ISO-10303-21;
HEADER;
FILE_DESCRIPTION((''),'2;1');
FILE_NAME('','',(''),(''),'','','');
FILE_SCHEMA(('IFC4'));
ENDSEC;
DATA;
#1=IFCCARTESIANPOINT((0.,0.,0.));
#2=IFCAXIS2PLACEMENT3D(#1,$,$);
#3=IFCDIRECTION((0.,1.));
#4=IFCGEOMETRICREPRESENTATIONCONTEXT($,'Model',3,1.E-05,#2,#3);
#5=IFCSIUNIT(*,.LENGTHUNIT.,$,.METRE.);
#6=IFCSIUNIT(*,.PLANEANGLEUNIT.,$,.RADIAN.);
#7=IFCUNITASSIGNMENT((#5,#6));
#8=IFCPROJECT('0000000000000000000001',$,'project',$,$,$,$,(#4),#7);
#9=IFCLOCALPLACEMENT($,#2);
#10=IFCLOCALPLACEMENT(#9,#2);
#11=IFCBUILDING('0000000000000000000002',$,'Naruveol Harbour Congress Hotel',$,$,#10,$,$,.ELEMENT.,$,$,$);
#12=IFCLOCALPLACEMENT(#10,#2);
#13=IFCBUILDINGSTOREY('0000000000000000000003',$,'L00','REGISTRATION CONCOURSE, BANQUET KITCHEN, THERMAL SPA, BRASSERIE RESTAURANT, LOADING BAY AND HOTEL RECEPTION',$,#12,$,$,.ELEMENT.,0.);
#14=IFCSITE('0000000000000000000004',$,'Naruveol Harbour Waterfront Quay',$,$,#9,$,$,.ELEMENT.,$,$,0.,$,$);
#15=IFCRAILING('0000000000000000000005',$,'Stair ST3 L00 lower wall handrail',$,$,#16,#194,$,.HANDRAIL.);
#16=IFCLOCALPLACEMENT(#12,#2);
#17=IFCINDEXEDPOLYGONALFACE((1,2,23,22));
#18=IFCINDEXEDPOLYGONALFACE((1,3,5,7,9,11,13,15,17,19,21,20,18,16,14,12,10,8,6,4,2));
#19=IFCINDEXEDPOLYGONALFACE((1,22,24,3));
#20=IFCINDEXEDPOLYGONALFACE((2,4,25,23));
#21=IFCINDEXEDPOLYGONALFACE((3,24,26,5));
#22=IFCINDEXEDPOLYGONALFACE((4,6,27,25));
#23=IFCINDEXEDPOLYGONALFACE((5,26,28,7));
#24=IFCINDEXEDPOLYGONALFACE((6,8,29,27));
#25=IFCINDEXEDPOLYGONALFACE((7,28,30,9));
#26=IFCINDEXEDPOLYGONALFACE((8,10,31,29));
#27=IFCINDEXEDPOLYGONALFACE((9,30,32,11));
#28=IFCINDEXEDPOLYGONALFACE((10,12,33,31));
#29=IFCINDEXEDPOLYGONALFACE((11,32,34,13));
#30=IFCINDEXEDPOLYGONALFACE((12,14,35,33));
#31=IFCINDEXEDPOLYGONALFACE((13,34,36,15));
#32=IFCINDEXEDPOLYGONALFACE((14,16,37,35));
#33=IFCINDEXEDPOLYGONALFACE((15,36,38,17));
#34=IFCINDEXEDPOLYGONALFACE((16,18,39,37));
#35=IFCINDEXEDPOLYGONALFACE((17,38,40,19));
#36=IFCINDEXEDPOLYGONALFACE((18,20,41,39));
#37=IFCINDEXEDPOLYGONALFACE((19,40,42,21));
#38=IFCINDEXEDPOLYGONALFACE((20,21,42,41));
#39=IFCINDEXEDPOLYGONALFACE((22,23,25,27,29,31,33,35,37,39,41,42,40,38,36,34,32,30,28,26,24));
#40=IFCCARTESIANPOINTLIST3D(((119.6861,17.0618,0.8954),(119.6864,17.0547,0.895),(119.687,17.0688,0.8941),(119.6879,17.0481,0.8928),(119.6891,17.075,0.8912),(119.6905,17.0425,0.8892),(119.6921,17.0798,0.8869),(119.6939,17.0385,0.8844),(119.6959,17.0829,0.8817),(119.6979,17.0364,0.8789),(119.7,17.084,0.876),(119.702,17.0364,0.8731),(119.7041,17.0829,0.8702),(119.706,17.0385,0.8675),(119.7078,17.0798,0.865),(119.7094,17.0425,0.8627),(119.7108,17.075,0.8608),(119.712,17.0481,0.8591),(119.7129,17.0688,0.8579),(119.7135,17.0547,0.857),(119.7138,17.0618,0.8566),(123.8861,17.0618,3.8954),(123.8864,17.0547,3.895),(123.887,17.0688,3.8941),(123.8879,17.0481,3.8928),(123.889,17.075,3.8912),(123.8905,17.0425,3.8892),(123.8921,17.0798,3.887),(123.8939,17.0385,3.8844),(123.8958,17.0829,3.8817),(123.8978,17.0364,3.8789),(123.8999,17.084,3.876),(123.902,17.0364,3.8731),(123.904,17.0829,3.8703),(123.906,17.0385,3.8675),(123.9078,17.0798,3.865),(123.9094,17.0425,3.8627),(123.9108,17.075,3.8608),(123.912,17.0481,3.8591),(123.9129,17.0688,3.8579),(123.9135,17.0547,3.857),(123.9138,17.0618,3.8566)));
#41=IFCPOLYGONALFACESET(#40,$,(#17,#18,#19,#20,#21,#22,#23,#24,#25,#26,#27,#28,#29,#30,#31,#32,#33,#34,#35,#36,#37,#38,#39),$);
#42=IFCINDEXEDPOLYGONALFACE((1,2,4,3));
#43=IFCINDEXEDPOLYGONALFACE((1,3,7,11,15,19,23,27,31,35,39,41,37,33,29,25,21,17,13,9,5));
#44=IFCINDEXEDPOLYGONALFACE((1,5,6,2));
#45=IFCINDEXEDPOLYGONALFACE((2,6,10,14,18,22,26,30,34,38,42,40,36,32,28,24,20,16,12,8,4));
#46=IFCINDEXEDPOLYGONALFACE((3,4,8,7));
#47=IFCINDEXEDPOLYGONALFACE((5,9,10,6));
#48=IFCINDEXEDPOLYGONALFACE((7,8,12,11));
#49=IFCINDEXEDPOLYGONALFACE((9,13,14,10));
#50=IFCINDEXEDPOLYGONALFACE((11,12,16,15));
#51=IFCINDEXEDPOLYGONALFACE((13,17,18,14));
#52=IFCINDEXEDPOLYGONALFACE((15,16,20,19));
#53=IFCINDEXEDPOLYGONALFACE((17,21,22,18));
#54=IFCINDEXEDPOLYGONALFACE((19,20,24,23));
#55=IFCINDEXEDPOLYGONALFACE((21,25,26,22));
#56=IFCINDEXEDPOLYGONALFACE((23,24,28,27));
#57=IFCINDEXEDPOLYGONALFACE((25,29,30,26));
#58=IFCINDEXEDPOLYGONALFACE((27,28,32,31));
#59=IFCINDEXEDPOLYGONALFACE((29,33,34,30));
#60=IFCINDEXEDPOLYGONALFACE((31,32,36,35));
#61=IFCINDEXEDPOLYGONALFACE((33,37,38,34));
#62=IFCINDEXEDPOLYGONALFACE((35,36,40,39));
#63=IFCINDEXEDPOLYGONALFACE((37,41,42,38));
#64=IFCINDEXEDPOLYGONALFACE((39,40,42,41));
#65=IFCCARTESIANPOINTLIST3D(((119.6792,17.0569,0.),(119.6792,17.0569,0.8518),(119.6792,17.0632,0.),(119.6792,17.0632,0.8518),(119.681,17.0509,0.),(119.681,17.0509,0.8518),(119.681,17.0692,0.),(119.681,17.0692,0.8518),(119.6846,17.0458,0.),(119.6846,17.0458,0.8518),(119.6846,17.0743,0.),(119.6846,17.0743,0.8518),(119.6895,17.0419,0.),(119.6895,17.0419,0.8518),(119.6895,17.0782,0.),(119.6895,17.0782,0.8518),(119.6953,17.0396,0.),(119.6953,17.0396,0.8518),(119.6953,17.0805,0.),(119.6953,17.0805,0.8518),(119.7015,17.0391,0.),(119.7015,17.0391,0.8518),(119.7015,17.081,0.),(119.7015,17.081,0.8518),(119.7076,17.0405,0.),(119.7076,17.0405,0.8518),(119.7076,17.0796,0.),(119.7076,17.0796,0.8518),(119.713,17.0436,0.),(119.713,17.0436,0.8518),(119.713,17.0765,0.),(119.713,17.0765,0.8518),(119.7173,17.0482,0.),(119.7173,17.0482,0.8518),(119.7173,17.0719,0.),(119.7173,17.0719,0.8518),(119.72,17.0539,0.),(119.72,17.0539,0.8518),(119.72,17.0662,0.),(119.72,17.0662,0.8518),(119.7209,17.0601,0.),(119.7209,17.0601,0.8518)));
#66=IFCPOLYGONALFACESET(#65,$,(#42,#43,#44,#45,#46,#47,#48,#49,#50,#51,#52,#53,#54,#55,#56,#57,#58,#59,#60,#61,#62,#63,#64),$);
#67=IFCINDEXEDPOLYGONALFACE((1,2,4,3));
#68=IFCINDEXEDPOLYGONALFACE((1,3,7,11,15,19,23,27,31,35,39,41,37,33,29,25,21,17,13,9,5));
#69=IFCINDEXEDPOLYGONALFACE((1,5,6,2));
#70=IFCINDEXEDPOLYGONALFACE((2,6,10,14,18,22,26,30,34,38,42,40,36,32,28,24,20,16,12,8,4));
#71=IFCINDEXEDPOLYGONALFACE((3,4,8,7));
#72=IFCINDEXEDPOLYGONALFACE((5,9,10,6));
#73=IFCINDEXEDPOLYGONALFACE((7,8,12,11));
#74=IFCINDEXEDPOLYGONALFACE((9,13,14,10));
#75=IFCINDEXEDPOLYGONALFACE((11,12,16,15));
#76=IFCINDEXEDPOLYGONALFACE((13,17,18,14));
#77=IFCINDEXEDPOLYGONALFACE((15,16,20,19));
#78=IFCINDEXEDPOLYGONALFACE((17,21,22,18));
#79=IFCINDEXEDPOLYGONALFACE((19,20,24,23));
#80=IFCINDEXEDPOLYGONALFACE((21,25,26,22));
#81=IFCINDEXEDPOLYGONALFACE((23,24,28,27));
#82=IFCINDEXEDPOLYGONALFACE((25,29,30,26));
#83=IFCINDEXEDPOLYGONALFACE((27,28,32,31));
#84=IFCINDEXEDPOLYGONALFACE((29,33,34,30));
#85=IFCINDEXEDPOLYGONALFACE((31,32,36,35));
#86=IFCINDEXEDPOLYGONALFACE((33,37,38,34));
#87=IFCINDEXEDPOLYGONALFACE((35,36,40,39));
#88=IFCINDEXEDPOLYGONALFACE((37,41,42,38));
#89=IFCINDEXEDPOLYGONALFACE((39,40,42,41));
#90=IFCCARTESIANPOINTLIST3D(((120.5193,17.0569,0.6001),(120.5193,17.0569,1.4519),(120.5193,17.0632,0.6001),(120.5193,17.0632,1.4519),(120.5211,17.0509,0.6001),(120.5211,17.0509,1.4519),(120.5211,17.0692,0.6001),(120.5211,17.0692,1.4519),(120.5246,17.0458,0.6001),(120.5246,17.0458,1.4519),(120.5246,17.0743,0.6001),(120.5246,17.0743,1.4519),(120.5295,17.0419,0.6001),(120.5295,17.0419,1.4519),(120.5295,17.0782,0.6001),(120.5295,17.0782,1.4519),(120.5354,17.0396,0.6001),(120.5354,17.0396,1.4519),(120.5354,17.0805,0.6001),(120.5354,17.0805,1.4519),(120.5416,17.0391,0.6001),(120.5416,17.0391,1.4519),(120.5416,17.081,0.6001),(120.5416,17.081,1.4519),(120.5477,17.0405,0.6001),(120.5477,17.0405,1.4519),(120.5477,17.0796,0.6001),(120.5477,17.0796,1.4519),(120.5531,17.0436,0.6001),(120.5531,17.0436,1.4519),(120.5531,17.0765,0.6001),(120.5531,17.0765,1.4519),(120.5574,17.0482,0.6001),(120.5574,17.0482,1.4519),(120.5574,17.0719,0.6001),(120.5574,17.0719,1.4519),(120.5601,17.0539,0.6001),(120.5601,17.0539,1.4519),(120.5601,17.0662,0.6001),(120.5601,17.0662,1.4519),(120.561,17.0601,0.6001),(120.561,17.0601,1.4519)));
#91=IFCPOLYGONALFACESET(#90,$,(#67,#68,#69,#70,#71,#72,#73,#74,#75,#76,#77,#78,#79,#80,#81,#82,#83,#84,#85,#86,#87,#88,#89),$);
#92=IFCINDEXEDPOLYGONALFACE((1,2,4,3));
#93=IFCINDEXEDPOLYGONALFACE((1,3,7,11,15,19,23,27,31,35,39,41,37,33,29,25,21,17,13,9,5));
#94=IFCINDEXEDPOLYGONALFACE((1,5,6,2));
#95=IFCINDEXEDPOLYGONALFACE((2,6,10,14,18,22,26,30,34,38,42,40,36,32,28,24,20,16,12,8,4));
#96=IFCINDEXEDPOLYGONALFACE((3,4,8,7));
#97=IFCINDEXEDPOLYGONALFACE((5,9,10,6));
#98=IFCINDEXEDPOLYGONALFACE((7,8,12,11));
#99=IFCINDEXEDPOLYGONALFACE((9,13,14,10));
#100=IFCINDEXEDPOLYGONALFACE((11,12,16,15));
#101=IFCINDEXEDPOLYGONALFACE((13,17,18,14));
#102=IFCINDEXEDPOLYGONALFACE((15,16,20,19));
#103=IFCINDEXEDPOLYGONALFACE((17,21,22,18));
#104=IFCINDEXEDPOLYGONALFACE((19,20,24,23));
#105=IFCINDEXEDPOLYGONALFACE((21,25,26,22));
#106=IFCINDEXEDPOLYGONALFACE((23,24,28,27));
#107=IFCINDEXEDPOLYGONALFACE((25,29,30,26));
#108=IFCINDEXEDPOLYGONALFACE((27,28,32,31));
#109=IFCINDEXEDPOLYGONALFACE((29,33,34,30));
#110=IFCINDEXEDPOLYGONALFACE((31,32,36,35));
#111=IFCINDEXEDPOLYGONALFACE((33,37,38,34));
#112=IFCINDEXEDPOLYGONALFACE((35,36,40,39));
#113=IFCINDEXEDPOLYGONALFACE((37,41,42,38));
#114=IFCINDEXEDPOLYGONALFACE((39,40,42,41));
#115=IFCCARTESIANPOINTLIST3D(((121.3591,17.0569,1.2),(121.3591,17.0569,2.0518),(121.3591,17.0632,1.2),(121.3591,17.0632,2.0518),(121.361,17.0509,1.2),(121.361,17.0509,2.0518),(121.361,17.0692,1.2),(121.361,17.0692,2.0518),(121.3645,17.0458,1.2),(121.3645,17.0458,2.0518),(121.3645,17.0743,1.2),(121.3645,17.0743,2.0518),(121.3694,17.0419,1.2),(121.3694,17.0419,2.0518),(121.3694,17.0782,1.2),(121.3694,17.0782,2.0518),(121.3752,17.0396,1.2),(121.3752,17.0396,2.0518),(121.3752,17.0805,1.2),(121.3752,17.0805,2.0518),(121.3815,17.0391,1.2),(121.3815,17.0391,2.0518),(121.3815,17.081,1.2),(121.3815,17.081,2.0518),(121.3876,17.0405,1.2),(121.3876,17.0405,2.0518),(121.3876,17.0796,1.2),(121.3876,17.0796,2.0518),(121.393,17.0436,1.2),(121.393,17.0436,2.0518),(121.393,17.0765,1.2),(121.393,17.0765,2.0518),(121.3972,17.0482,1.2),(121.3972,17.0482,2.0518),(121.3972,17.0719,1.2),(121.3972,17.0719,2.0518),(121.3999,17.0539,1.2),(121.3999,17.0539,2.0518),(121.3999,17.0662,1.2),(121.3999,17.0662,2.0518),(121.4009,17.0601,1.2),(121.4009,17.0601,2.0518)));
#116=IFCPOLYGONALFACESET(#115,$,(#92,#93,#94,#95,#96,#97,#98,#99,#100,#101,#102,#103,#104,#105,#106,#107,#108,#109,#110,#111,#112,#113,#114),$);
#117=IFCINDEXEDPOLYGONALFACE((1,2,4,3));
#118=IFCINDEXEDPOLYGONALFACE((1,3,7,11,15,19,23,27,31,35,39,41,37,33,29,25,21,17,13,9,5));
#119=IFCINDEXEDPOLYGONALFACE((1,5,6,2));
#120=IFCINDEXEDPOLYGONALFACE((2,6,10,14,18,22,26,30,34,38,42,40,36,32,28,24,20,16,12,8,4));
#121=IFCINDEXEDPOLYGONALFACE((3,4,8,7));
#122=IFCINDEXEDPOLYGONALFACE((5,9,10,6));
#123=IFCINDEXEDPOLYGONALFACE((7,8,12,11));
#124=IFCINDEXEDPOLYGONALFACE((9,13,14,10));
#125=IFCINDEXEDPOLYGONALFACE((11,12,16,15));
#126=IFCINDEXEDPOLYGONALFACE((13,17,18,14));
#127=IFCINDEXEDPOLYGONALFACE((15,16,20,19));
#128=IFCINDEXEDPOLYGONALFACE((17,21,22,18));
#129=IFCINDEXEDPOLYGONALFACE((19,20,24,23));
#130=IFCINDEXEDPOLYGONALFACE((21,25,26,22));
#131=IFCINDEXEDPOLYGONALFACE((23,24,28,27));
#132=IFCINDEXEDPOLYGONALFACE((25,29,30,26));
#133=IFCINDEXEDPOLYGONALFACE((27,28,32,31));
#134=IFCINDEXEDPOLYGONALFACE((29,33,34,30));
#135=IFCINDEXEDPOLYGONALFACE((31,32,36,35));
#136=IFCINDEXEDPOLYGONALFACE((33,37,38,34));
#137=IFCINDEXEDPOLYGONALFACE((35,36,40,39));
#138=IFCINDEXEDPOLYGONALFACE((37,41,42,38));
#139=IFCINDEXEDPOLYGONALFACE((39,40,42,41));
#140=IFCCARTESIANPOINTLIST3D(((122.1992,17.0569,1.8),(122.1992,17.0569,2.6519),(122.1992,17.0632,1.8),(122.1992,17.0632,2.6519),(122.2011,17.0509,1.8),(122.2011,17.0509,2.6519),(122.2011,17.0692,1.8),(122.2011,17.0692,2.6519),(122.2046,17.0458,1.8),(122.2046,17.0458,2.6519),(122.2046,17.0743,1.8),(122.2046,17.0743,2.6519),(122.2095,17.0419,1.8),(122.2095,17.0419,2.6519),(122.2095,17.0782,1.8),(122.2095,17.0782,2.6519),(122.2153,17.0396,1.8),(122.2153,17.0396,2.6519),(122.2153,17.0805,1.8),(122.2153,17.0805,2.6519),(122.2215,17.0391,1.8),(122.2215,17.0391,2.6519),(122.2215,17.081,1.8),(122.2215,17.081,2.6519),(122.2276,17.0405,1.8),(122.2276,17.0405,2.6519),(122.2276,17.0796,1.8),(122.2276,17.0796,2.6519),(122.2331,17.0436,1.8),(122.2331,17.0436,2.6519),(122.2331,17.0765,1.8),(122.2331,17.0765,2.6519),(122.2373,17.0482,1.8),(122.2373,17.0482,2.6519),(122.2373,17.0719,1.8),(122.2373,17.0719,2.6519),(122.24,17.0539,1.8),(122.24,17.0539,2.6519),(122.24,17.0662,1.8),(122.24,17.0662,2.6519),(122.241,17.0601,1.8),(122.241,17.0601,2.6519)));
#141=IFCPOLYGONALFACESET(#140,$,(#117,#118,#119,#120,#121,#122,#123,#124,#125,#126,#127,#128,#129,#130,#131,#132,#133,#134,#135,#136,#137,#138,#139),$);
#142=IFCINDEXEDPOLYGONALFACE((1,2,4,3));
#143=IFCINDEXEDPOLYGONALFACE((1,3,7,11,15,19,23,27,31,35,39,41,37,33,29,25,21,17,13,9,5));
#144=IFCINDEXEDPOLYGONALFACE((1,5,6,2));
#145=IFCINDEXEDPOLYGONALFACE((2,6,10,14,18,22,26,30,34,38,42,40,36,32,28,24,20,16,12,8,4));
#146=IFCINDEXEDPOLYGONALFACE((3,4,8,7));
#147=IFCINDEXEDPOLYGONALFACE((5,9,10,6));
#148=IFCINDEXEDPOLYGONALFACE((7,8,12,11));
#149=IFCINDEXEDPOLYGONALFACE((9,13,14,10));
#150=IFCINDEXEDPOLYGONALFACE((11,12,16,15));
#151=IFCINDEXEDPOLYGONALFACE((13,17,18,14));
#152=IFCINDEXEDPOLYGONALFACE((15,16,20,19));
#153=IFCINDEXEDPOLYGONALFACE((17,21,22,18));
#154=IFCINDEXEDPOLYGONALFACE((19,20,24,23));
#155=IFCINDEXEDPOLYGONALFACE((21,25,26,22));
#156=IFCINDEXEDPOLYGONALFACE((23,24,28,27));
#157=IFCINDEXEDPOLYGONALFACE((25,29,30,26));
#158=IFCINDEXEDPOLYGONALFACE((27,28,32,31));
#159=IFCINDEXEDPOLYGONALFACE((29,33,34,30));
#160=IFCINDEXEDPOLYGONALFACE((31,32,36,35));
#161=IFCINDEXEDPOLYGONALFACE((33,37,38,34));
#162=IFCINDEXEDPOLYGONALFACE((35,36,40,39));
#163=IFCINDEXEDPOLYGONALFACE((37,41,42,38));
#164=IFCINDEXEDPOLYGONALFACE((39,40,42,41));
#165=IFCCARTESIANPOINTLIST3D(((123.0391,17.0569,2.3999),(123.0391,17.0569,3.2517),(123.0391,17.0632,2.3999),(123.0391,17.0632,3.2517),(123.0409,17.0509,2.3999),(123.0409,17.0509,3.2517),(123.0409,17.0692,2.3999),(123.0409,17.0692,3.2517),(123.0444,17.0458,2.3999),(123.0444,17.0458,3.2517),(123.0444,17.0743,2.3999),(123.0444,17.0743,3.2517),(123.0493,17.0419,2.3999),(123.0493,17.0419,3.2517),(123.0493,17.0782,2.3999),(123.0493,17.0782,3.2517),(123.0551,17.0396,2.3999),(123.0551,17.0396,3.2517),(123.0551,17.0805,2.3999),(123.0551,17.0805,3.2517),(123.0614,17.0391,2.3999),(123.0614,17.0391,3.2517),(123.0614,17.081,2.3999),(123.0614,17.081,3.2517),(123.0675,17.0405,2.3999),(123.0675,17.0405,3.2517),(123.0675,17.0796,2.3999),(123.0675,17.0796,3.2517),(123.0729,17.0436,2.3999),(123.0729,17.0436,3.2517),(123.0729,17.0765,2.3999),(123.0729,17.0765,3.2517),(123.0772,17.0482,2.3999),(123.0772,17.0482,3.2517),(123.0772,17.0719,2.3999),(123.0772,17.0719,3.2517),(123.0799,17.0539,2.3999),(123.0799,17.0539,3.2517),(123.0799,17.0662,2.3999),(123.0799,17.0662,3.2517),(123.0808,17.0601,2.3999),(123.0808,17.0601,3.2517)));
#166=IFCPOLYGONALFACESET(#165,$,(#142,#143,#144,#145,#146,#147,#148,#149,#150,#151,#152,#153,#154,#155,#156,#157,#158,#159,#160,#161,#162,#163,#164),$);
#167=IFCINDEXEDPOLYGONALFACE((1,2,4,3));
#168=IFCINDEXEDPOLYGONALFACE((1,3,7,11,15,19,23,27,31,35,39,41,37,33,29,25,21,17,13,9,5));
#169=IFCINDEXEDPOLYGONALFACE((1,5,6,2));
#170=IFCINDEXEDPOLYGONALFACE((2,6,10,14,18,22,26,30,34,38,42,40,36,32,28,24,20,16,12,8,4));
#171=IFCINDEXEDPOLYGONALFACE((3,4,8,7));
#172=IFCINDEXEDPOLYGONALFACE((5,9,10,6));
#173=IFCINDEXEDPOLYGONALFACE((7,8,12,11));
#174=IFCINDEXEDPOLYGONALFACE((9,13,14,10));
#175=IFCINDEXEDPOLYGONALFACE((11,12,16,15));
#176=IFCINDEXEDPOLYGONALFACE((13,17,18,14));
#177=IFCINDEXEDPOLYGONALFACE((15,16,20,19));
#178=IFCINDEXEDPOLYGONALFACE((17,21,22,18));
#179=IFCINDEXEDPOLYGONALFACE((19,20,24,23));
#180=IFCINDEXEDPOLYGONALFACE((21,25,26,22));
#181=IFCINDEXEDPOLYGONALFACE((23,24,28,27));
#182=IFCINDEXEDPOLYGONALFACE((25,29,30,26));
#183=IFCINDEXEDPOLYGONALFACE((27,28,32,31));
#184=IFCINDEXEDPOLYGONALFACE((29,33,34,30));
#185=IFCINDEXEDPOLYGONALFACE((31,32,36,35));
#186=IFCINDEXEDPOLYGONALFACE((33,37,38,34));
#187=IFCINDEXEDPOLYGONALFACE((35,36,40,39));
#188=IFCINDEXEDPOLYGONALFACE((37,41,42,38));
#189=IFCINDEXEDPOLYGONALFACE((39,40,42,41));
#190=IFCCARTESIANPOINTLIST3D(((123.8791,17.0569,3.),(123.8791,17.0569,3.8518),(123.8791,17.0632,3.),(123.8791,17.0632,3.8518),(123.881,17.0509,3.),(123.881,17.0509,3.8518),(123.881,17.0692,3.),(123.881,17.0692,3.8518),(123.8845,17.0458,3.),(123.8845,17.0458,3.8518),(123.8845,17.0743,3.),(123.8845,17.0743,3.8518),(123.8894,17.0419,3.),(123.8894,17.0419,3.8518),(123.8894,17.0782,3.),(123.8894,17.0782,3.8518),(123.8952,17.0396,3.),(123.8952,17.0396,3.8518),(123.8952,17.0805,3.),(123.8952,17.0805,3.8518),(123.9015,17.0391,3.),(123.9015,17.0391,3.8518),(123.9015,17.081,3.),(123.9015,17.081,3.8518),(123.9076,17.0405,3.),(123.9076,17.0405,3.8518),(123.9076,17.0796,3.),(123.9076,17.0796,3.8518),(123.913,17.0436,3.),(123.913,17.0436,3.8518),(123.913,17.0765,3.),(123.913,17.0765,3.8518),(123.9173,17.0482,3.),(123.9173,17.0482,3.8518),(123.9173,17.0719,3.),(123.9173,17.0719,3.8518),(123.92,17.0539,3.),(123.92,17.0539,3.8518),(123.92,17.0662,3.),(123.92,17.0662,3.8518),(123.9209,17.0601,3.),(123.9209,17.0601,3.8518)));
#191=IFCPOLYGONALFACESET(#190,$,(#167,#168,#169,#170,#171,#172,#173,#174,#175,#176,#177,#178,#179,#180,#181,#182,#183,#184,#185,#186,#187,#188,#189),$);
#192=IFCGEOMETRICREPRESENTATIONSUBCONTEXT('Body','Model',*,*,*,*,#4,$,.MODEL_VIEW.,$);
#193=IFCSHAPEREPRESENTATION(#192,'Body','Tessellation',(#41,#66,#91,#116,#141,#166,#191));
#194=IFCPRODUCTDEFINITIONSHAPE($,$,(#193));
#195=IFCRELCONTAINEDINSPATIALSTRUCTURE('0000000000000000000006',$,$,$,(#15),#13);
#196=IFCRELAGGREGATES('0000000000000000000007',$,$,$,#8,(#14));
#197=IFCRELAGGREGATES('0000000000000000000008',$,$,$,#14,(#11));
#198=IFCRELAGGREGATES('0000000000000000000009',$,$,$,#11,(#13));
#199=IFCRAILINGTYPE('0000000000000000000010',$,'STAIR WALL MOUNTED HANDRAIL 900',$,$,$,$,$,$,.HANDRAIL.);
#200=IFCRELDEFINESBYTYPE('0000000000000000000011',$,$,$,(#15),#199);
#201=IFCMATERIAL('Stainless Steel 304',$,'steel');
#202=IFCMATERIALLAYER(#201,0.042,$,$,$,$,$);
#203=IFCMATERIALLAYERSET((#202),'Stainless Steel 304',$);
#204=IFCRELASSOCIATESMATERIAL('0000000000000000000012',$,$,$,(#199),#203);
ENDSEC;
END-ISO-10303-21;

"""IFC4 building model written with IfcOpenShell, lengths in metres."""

from ifc_helpers import new_model, si_unit, direction, frame, origin, origin_2d, place, context, subcontext, project, spatial, circle, extrude, material, layer, layer_set, type_object, element, save


model = new_model("IFC4")

# Units and contexts
model_context = context("Model", 3, precision=1e-05, world=origin(), true_north=direction((0.0, 1.0)))
body_context = subcontext(model_context, "Body", "Model", "MODEL_VIEW")
ifc_project = project(units=[si_unit("LENGTHUNIT", "METRE"), si_unit("PLANEANGLEUNIT", "RADIAN")], contexts=[model_context])

# Site, building, storey
site_placement = place(None, origin())
site = spatial("IfcSite", under=ifc_project, at=site_placement, Name="Naruveol Harbour Waterfront Quay", CompositionType="ELEMENT", RefElevation=0.0)
building_placement = place(site_placement, origin())
building = spatial("IfcBuilding", under=site, at=building_placement, Name="Naruveol Harbour Congress Hotel", CompositionType="ELEMENT")
storey_placement = place(building_placement, origin())
storey = spatial("IfcBuildingStorey", under=building, at=storey_placement, Name="L00", Description="REGISTRATION CONCOURSE, BANQUET KITCHEN, THERMAL SPA, BRASSERIE RESTAURANT, LOADING BAY AND HOTEL RECEPTION", CompositionType="ELEMENT", Elevation=0.0)

# Railing
ifc_material_1 = material(Name="Stainless Steel 304", Category="steel")
ifc_layer_1 = layer(ifc_material_1, 0.042)
ifc_layer_set_1 = layer_set([ifc_layer_1], Name="Stainless Steel 304")
railing_type_1 = type_object("IfcRailingType", Name="STAIR WALL MOUNTED HANDRAIL 900", PredefinedType="HANDRAIL", material=ifc_layer_set_1)
railing_1_placement = place(storey_placement, frame((119.7, 17.0601, 0.0)))
element("IfcRailing", 1, at=railing_1_placement, inside=storey, type_object=railing_type_1, Name="Stair ST3 L00 lower wall handrail", PredefinedType="HANDRAIL", context=body_context, shape_type="SweptSolid", body=[
    extrude(circle(Radius=0.0239, at=origin_2d()), frame((0.0, 0.0, 0.876), z_axis=(0.81373, 0.0, 0.581243), x_axis=(0.0, 1.0, 0.0)), (0.0, 0.0, 1.0), 5.1614),
    extrude(circle(Radius=0.021, at=origin_2d()), origin(), (0.0, 0.0, 1.0), 0.8518),
    extrude(circle(Radius=0.021, at=origin_2d()), frame((0.8401, 0.0, 0.6001)), (0.0, 0.0, 1.0), 0.8518),
    extrude(circle(Radius=0.021, at=origin_2d()), frame((1.6799, 0.0, 1.2)), (0.0, 0.0, 1.0), 0.8518),
    extrude(circle(Radius=0.021, at=origin_2d()), frame((2.52, 0.0, 1.8)), (0.0, 0.0, 1.0), 0.8518),
    extrude(circle(Radius=0.021, at=origin_2d()), frame((3.3599, 0.0, 2.3999)), (0.0, 0.0, 1.0), 0.8518),
    extrude(circle(Radius=0.021, at=origin_2d()), frame((4.2, 0.0, 3.0)), (0.0, 0.0, 1.0), 0.8518),
])

save(model, "model.ifc")
